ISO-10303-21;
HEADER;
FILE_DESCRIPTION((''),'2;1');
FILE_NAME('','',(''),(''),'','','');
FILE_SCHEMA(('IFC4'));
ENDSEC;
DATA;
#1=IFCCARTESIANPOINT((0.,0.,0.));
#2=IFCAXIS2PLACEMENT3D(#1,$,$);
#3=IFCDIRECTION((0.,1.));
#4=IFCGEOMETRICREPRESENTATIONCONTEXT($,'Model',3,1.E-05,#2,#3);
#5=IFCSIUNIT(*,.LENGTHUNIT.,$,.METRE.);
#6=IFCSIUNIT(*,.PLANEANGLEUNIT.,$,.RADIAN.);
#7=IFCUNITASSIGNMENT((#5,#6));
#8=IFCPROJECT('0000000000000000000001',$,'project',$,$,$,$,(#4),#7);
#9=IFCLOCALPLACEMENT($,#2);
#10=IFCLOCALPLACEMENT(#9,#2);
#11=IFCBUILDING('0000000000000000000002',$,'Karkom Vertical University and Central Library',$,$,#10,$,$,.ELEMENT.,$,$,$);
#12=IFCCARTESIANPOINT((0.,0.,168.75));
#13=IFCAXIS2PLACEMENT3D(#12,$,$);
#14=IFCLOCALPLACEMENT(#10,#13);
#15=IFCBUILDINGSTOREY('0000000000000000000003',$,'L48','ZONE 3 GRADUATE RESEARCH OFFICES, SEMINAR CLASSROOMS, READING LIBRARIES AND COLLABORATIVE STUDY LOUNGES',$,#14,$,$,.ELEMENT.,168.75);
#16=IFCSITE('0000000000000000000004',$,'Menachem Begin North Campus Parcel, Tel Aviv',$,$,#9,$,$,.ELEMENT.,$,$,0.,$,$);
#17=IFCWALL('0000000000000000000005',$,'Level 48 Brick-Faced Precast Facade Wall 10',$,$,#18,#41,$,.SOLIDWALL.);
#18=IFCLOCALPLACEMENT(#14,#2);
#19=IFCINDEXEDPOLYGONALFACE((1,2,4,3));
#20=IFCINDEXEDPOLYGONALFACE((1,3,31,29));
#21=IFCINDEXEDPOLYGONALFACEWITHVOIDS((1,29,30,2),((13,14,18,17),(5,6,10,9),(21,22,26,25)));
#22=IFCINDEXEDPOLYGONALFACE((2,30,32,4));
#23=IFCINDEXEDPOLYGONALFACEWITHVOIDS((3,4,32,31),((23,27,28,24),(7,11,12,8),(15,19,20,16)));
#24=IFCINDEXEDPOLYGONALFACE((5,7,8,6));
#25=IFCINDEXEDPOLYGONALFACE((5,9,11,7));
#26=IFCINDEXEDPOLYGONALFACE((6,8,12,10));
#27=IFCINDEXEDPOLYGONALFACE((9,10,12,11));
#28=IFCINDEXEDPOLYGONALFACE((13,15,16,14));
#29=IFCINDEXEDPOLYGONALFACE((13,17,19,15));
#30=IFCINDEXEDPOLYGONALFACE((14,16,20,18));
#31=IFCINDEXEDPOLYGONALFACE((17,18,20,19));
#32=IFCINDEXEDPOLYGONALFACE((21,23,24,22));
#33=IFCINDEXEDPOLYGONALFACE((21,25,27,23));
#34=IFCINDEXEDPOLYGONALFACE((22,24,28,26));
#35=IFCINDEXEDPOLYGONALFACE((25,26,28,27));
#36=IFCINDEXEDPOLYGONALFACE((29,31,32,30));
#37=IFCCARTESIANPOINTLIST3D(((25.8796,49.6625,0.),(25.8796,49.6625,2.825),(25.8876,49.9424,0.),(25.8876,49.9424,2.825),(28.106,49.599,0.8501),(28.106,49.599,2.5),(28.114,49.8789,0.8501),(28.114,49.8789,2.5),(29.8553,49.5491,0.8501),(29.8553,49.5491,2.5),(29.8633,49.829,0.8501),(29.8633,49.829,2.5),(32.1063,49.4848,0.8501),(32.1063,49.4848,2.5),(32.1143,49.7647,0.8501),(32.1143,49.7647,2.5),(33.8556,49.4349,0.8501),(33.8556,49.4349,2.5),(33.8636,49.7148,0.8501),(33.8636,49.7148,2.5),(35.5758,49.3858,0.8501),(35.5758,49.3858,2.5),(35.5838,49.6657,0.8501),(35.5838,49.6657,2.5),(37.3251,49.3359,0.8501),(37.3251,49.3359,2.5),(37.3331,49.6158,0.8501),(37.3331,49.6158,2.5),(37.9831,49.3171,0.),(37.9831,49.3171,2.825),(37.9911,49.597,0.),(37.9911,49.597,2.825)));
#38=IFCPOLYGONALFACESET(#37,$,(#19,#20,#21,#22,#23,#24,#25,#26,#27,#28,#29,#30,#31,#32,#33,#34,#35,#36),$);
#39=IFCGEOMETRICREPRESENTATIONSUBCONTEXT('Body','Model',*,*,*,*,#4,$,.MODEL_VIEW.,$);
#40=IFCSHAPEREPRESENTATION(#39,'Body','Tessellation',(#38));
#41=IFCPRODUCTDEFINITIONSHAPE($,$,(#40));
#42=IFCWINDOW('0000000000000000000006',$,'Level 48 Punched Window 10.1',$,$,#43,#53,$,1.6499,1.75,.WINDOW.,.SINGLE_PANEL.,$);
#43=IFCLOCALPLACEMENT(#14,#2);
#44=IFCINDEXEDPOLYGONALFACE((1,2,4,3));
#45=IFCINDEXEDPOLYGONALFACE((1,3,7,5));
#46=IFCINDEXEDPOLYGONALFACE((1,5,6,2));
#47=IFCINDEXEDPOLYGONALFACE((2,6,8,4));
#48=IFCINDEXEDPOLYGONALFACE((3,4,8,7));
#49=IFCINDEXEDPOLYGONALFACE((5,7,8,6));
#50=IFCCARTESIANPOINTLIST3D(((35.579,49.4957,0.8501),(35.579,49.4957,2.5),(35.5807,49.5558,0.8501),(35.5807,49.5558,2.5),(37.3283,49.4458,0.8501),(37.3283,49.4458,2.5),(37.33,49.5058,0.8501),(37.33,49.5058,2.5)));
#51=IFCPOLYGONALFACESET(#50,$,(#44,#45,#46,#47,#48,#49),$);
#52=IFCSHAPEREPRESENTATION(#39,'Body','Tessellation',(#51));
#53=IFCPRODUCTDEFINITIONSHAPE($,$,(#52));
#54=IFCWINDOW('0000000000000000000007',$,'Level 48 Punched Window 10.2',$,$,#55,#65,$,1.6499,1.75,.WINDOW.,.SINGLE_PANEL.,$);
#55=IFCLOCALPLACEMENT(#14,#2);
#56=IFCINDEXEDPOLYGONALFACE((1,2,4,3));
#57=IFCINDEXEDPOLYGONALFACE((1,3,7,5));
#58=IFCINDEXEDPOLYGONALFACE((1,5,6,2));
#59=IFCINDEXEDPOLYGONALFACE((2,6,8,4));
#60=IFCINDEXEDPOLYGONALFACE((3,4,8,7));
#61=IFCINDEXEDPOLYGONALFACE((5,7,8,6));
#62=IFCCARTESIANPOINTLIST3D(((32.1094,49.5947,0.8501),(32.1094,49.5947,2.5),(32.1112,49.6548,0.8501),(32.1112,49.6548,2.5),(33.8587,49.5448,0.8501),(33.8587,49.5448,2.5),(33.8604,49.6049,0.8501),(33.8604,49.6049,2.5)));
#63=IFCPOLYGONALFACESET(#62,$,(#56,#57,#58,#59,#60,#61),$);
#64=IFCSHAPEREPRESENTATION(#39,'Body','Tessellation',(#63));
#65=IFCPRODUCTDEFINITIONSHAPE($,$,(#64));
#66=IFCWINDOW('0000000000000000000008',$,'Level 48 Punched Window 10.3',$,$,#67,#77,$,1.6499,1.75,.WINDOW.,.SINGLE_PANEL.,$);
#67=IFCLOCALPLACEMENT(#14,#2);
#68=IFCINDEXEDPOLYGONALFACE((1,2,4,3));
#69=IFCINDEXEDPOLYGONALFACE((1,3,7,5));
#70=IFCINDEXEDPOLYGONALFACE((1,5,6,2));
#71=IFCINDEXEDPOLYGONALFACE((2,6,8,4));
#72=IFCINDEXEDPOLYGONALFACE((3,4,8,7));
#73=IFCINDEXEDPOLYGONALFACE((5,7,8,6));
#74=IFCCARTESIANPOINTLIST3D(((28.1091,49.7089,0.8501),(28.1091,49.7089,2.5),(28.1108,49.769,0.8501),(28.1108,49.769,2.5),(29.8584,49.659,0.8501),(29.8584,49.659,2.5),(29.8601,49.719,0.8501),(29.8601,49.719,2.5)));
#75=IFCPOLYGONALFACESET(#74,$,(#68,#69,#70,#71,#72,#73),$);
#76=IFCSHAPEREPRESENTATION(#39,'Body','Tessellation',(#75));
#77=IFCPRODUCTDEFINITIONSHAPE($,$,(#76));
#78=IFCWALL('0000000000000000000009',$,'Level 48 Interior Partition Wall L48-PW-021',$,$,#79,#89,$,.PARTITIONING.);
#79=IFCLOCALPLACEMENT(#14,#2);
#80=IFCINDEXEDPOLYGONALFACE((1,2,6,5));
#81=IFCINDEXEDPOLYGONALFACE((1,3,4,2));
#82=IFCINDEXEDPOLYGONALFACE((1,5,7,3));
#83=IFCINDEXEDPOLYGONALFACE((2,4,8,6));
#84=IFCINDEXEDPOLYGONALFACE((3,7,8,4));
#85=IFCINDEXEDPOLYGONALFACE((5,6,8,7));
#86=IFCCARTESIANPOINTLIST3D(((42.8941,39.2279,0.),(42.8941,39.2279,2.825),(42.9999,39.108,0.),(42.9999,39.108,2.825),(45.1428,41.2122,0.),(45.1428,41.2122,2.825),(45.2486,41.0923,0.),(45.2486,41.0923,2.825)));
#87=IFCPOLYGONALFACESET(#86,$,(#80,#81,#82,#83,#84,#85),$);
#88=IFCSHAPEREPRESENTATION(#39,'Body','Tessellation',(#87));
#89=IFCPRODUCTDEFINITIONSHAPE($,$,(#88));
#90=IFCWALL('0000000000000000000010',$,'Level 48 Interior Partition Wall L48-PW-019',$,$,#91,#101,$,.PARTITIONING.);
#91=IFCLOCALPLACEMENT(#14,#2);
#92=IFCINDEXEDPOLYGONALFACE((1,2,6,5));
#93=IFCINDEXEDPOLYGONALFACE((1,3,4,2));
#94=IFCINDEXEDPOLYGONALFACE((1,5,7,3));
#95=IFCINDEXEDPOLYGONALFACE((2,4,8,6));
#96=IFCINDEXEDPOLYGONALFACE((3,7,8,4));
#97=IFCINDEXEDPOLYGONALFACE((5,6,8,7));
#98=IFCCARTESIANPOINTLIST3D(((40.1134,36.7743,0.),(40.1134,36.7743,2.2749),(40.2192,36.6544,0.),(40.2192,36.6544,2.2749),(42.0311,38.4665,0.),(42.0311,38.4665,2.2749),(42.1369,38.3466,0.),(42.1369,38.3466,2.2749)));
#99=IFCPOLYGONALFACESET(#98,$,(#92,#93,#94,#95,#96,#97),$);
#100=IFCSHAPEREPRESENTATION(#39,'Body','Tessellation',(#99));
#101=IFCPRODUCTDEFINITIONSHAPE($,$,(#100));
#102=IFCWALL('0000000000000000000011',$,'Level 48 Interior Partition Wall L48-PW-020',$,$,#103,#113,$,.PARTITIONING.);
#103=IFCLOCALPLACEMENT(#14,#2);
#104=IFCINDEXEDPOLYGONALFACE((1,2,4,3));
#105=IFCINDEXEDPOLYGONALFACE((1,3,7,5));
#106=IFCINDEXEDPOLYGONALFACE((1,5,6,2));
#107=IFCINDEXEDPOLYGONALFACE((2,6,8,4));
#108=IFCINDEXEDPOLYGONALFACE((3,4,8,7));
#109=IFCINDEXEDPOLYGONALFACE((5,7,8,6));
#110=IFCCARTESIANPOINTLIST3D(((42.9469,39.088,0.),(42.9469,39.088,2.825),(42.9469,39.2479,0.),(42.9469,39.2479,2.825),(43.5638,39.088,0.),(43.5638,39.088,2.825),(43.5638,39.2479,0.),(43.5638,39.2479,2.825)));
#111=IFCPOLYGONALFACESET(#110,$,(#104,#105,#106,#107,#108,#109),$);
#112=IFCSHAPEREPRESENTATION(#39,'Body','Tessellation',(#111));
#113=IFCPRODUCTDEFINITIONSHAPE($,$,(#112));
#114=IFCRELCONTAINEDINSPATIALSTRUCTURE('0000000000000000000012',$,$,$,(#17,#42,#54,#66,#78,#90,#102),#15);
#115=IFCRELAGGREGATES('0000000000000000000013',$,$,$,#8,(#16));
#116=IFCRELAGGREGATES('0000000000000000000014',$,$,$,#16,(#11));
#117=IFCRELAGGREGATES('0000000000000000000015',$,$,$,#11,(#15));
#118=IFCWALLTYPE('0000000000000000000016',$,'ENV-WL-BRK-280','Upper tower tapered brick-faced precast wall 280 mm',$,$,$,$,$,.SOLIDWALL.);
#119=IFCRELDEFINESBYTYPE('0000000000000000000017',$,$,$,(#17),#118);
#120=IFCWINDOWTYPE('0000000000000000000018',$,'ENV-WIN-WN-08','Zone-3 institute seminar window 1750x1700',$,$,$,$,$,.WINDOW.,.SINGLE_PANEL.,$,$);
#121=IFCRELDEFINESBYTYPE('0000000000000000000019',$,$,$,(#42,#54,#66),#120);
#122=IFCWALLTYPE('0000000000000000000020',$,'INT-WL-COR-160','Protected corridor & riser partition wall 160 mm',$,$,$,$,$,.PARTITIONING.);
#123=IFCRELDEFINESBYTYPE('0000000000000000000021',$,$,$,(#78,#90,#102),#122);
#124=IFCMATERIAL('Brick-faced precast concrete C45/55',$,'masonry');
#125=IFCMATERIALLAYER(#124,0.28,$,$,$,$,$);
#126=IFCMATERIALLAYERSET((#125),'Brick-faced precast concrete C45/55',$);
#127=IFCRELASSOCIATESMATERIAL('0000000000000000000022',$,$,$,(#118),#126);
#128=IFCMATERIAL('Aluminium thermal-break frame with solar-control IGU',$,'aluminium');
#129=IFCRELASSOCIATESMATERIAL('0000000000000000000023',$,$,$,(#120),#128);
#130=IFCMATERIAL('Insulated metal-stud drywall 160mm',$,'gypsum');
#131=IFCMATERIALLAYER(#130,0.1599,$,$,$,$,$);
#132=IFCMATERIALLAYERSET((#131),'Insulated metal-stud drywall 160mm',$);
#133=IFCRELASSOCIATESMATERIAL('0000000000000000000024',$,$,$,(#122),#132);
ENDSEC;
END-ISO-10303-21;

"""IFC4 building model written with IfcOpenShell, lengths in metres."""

from ifc_helpers import new_model, si_unit, direction, frame, frame_2d, origin, origin_with_axes, place, context, subcontext, project, spatial, rectangle, extrude, source, transform, mapped, material, layer, layer_set, type_object, element, fill, save


model = new_model("IFC4")

# Units and contexts
model_context = context("Model", 3, precision=1e-05, world=origin(), true_north=direction((0.0, 1.0)))
body_context = subcontext(model_context, "Body", "Model", "MODEL_VIEW")
ifc_project = project(units=[si_unit("LENGTHUNIT", "METRE"), si_unit("PLANEANGLEUNIT", "RADIAN")], contexts=[model_context])

# Site, building, storey
site_placement = place(None, origin())
site = spatial("IfcSite", under=ifc_project, at=site_placement, Name="Menachem Begin North Campus Parcel, Tel Aviv", CompositionType="ELEMENT", RefElevation=0.0)
building_placement = place(site_placement, origin())
building = spatial("IfcBuilding", under=site, at=building_placement, Name="Karkom Vertical University and Central Library", CompositionType="ELEMENT")
storey_placement = place(building_placement, frame((0.0, 0.0, 168.75)))
storey = spatial("IfcBuildingStorey", under=building, at=storey_placement, Name="L48", Description="ZONE 3 GRADUATE RESEARCH OFFICES, SEMINAR CLASSROOMS, READING LIBRARIES AND COLLABORATIVE STUDY LOUNGES", CompositionType="ELEMENT", Elevation=168.75)

# Wall, openings, windows
ifc_material_1 = material(Name="Brick-faced precast concrete C45/55", Category="masonry")
ifc_layer_1 = layer(ifc_material_1, 0.28)
ifc_layer_set_1 = layer_set([ifc_layer_1], Name="Brick-faced precast concrete C45/55")
wall_type_1 = type_object("IfcWallType", Name="ENV-WL-BRK-280", Description="Upper tower tapered brick-faced precast wall 280 mm", PredefinedType="SOLIDWALL", material=ifc_layer_set_1)
ifc_material_2 = material(Name="Aluminium thermal-break frame with solar-control IGU", Category="aluminium")
window_type = type_object("IfcWindowType", Name="ENV-WIN-WN-08", Description="Zone-3 institute seminar window 1750x1700", PartitioningType="SINGLE_PANEL", PredefinedType="WINDOW", material=ifc_material_2)
shared_shape_1 = source(origin_with_axes(), body_context, "Body", "SweptSolid", [
    extrude(rectangle(XDim=1.75, YDim=1.6499, at=frame_2d((0.875, 0.825))), frame((0.0, 0.03, 0.0), z_axis=(0.0, -1.0, 0.0), x_axis=(1.0, 0.0, 0.0)), (0.0, 0.0, 1.0), 0.0601),
])
wall_1_placement = place(storey_placement, frame((37.9871, 49.457, 0.0), z_axis=(0.0, 0.0, 1.0), x_axis=(-0.999593, 0.02853, 0.0)))
wall_1 = element("IfcWall", 1, at=wall_1_placement, inside=storey, type_object=wall_type_1, Name="Level 48 Brick-Faced Precast Facade Wall 10", PredefinedType="SOLIDWALL", context=body_context, shape_type="SweptSolid", body=[
    extrude(rectangle(XDim=12.1084, YDim=0.28, at=frame_2d((6.0542, 0.0))), origin(), (0.0, 0.0, 1.0), 2.825),
])
opening_1_placement = place(wall_1_placement, frame((0.6582, 0.0, 0.8501)))
opening_1 = element("IfcOpeningElement", 2, at=opening_1_placement, cuts=wall_1, PredefinedType="OPENING", context=body_context, shape_type="SweptSolid", body=[
    extrude(rectangle(XDim=1.75, YDim=1.6499, at=frame_2d((0.875, 0.825))), frame((0.0, 0.1499, 0.0), z_axis=(0.0, -1.0, 0.0), x_axis=(1.0, 0.0, 0.0)), (0.0, 0.0, 1.0), 0.3),
])
opening_2_placement = place(wall_1_placement, frame((4.1292, 0.0, 0.8501)))
opening_2 = element("IfcOpeningElement", 3, at=opening_2_placement, cuts=wall_1, PredefinedType="OPENING", context=body_context, shape_type="SweptSolid", body=[
    extrude(rectangle(XDim=1.75, YDim=1.6499, at=frame_2d((0.875, 0.825))), frame((0.0, 0.1499, 0.0), z_axis=(0.0, -1.0, 0.0), x_axis=(1.0, 0.0, 0.0)), (0.0, 0.0, 1.0), 0.3),
])
opening_3_placement = place(wall_1_placement, frame((8.1311, 0.0, 0.8501)))
opening_3 = element("IfcOpeningElement", 4, at=opening_3_placement, cuts=wall_1, PredefinedType="OPENING", context=body_context, shape_type="SweptSolid", body=[
    extrude(rectangle(XDim=1.75, YDim=1.6499, at=frame_2d((0.875, 0.825))), frame((0.0, 0.1499, 0.0), z_axis=(0.0, -1.0, 0.0), x_axis=(1.0, 0.0, 0.0)), (0.0, 0.0, 1.0), 0.3),
])
window_1_placement = place(opening_1_placement, origin())
window_1 = element("IfcWindow", 5, at=window_1_placement, inside=storey, type_object=window_type, Name="Level 48 Punched Window 10.1", OverallHeight=1.6499, OverallWidth=1.75, PartitioningType="SINGLE_PANEL", PredefinedType="WINDOW", context=body_context, shape_type="MappedRepresentation", body=[
    mapped(shared_shape_1, transform((0.0, 0.0, 0.0), scale=1.0)),
])
fill(opening_1, window_1)
window_2_placement = place(opening_2_placement, origin())
window_2 = element("IfcWindow", 6, at=window_2_placement, inside=storey, type_object=window_type, Name="Level 48 Punched Window 10.2", OverallHeight=1.6499, OverallWidth=1.75, PartitioningType="SINGLE_PANEL", PredefinedType="WINDOW", context=body_context, shape_type="MappedRepresentation", body=[
    mapped(shared_shape_1, transform((0.0, 0.0, 0.0), scale=1.0)),
])
fill(opening_2, window_2)
window_3_placement = place(opening_3_placement, origin())
window_3 = element("IfcWindow", 7, at=window_3_placement, inside=storey, type_object=window_type, Name="Level 48 Punched Window 10.3", OverallHeight=1.6499, OverallWidth=1.75, PartitioningType="SINGLE_PANEL", PredefinedType="WINDOW", context=body_context, shape_type="MappedRepresentation", body=[
    mapped(shared_shape_1, transform((0.0, 0.0, 0.0), scale=1.0)),
])
fill(opening_3, window_3)

# Shared definitions
ifc_material_3 = material(Name="Insulated metal-stud drywall 160mm", Category="gypsum")
ifc_layer_2 = layer(ifc_material_3, 0.1599)
ifc_layer_set_2 = layer_set([ifc_layer_2], Name="Insulated metal-stud drywall 160mm")
wall_type_2 = type_object("IfcWallType", Name="INT-WL-COR-160", Description="Protected corridor & riser partition wall 160 mm", PredefinedType="PARTITIONING", material=ifc_layer_set_2)

# Walls
wall_2_placement = place(storey_placement, frame((42.947, 39.168, 0.0), z_axis=(0.0, 0.0, 1.0), x_axis=(0.749812, 0.661651, 0.0)))
element("IfcWall", 8, at=wall_2_placement, inside=storey, type_object=wall_type_2, Name="Level 48 Interior Partition Wall L48-PW-021", PredefinedType="PARTITIONING", context=body_context, shape_type="SweptSolid", body=[
    extrude(rectangle(XDim=2.999, YDim=0.1599, at=frame_2d((1.4995, 0.0))), origin(), (0.0, 0.0, 1.0), 2.825),
])
wall_3_placement = place(storey_placement, frame((40.1663, 36.7144, 0.0), z_axis=(0.0, 0.0, 1.0), x_axis=(0.749832, 0.661628, 0.0)))
element("IfcWall", 9, at=wall_3_placement, inside=storey, type_object=wall_type_2, Name="Level 48 Interior Partition Wall L48-PW-019", PredefinedType="PARTITIONING", context=body_context, shape_type="SweptSolid", body=[
    extrude(rectangle(XDim=2.5576, YDim=0.1599, at=frame_2d((1.2788, 0.0))), origin(), (0.0, 0.0, 1.0), 2.2749),
])
wall_4_placement = place(storey_placement, frame((43.564, 39.168, 0.0), z_axis=(0.0, 0.0, 1.0), x_axis=(-1.0, 0.0, 0.0)))
element("IfcWall", 10, at=wall_4_placement, inside=storey, type_object=wall_type_2, Name="Level 48 Interior Partition Wall L48-PW-020", PredefinedType="PARTITIONING", context=body_context, shape_type="SweptSolid", body=[
    extrude(rectangle(XDim=0.6169, YDim=0.1599, at=frame_2d((0.3086, 0.0))), origin(), (0.0, 0.0, 1.0), 2.825),
])

save(model, "model.ifc")
